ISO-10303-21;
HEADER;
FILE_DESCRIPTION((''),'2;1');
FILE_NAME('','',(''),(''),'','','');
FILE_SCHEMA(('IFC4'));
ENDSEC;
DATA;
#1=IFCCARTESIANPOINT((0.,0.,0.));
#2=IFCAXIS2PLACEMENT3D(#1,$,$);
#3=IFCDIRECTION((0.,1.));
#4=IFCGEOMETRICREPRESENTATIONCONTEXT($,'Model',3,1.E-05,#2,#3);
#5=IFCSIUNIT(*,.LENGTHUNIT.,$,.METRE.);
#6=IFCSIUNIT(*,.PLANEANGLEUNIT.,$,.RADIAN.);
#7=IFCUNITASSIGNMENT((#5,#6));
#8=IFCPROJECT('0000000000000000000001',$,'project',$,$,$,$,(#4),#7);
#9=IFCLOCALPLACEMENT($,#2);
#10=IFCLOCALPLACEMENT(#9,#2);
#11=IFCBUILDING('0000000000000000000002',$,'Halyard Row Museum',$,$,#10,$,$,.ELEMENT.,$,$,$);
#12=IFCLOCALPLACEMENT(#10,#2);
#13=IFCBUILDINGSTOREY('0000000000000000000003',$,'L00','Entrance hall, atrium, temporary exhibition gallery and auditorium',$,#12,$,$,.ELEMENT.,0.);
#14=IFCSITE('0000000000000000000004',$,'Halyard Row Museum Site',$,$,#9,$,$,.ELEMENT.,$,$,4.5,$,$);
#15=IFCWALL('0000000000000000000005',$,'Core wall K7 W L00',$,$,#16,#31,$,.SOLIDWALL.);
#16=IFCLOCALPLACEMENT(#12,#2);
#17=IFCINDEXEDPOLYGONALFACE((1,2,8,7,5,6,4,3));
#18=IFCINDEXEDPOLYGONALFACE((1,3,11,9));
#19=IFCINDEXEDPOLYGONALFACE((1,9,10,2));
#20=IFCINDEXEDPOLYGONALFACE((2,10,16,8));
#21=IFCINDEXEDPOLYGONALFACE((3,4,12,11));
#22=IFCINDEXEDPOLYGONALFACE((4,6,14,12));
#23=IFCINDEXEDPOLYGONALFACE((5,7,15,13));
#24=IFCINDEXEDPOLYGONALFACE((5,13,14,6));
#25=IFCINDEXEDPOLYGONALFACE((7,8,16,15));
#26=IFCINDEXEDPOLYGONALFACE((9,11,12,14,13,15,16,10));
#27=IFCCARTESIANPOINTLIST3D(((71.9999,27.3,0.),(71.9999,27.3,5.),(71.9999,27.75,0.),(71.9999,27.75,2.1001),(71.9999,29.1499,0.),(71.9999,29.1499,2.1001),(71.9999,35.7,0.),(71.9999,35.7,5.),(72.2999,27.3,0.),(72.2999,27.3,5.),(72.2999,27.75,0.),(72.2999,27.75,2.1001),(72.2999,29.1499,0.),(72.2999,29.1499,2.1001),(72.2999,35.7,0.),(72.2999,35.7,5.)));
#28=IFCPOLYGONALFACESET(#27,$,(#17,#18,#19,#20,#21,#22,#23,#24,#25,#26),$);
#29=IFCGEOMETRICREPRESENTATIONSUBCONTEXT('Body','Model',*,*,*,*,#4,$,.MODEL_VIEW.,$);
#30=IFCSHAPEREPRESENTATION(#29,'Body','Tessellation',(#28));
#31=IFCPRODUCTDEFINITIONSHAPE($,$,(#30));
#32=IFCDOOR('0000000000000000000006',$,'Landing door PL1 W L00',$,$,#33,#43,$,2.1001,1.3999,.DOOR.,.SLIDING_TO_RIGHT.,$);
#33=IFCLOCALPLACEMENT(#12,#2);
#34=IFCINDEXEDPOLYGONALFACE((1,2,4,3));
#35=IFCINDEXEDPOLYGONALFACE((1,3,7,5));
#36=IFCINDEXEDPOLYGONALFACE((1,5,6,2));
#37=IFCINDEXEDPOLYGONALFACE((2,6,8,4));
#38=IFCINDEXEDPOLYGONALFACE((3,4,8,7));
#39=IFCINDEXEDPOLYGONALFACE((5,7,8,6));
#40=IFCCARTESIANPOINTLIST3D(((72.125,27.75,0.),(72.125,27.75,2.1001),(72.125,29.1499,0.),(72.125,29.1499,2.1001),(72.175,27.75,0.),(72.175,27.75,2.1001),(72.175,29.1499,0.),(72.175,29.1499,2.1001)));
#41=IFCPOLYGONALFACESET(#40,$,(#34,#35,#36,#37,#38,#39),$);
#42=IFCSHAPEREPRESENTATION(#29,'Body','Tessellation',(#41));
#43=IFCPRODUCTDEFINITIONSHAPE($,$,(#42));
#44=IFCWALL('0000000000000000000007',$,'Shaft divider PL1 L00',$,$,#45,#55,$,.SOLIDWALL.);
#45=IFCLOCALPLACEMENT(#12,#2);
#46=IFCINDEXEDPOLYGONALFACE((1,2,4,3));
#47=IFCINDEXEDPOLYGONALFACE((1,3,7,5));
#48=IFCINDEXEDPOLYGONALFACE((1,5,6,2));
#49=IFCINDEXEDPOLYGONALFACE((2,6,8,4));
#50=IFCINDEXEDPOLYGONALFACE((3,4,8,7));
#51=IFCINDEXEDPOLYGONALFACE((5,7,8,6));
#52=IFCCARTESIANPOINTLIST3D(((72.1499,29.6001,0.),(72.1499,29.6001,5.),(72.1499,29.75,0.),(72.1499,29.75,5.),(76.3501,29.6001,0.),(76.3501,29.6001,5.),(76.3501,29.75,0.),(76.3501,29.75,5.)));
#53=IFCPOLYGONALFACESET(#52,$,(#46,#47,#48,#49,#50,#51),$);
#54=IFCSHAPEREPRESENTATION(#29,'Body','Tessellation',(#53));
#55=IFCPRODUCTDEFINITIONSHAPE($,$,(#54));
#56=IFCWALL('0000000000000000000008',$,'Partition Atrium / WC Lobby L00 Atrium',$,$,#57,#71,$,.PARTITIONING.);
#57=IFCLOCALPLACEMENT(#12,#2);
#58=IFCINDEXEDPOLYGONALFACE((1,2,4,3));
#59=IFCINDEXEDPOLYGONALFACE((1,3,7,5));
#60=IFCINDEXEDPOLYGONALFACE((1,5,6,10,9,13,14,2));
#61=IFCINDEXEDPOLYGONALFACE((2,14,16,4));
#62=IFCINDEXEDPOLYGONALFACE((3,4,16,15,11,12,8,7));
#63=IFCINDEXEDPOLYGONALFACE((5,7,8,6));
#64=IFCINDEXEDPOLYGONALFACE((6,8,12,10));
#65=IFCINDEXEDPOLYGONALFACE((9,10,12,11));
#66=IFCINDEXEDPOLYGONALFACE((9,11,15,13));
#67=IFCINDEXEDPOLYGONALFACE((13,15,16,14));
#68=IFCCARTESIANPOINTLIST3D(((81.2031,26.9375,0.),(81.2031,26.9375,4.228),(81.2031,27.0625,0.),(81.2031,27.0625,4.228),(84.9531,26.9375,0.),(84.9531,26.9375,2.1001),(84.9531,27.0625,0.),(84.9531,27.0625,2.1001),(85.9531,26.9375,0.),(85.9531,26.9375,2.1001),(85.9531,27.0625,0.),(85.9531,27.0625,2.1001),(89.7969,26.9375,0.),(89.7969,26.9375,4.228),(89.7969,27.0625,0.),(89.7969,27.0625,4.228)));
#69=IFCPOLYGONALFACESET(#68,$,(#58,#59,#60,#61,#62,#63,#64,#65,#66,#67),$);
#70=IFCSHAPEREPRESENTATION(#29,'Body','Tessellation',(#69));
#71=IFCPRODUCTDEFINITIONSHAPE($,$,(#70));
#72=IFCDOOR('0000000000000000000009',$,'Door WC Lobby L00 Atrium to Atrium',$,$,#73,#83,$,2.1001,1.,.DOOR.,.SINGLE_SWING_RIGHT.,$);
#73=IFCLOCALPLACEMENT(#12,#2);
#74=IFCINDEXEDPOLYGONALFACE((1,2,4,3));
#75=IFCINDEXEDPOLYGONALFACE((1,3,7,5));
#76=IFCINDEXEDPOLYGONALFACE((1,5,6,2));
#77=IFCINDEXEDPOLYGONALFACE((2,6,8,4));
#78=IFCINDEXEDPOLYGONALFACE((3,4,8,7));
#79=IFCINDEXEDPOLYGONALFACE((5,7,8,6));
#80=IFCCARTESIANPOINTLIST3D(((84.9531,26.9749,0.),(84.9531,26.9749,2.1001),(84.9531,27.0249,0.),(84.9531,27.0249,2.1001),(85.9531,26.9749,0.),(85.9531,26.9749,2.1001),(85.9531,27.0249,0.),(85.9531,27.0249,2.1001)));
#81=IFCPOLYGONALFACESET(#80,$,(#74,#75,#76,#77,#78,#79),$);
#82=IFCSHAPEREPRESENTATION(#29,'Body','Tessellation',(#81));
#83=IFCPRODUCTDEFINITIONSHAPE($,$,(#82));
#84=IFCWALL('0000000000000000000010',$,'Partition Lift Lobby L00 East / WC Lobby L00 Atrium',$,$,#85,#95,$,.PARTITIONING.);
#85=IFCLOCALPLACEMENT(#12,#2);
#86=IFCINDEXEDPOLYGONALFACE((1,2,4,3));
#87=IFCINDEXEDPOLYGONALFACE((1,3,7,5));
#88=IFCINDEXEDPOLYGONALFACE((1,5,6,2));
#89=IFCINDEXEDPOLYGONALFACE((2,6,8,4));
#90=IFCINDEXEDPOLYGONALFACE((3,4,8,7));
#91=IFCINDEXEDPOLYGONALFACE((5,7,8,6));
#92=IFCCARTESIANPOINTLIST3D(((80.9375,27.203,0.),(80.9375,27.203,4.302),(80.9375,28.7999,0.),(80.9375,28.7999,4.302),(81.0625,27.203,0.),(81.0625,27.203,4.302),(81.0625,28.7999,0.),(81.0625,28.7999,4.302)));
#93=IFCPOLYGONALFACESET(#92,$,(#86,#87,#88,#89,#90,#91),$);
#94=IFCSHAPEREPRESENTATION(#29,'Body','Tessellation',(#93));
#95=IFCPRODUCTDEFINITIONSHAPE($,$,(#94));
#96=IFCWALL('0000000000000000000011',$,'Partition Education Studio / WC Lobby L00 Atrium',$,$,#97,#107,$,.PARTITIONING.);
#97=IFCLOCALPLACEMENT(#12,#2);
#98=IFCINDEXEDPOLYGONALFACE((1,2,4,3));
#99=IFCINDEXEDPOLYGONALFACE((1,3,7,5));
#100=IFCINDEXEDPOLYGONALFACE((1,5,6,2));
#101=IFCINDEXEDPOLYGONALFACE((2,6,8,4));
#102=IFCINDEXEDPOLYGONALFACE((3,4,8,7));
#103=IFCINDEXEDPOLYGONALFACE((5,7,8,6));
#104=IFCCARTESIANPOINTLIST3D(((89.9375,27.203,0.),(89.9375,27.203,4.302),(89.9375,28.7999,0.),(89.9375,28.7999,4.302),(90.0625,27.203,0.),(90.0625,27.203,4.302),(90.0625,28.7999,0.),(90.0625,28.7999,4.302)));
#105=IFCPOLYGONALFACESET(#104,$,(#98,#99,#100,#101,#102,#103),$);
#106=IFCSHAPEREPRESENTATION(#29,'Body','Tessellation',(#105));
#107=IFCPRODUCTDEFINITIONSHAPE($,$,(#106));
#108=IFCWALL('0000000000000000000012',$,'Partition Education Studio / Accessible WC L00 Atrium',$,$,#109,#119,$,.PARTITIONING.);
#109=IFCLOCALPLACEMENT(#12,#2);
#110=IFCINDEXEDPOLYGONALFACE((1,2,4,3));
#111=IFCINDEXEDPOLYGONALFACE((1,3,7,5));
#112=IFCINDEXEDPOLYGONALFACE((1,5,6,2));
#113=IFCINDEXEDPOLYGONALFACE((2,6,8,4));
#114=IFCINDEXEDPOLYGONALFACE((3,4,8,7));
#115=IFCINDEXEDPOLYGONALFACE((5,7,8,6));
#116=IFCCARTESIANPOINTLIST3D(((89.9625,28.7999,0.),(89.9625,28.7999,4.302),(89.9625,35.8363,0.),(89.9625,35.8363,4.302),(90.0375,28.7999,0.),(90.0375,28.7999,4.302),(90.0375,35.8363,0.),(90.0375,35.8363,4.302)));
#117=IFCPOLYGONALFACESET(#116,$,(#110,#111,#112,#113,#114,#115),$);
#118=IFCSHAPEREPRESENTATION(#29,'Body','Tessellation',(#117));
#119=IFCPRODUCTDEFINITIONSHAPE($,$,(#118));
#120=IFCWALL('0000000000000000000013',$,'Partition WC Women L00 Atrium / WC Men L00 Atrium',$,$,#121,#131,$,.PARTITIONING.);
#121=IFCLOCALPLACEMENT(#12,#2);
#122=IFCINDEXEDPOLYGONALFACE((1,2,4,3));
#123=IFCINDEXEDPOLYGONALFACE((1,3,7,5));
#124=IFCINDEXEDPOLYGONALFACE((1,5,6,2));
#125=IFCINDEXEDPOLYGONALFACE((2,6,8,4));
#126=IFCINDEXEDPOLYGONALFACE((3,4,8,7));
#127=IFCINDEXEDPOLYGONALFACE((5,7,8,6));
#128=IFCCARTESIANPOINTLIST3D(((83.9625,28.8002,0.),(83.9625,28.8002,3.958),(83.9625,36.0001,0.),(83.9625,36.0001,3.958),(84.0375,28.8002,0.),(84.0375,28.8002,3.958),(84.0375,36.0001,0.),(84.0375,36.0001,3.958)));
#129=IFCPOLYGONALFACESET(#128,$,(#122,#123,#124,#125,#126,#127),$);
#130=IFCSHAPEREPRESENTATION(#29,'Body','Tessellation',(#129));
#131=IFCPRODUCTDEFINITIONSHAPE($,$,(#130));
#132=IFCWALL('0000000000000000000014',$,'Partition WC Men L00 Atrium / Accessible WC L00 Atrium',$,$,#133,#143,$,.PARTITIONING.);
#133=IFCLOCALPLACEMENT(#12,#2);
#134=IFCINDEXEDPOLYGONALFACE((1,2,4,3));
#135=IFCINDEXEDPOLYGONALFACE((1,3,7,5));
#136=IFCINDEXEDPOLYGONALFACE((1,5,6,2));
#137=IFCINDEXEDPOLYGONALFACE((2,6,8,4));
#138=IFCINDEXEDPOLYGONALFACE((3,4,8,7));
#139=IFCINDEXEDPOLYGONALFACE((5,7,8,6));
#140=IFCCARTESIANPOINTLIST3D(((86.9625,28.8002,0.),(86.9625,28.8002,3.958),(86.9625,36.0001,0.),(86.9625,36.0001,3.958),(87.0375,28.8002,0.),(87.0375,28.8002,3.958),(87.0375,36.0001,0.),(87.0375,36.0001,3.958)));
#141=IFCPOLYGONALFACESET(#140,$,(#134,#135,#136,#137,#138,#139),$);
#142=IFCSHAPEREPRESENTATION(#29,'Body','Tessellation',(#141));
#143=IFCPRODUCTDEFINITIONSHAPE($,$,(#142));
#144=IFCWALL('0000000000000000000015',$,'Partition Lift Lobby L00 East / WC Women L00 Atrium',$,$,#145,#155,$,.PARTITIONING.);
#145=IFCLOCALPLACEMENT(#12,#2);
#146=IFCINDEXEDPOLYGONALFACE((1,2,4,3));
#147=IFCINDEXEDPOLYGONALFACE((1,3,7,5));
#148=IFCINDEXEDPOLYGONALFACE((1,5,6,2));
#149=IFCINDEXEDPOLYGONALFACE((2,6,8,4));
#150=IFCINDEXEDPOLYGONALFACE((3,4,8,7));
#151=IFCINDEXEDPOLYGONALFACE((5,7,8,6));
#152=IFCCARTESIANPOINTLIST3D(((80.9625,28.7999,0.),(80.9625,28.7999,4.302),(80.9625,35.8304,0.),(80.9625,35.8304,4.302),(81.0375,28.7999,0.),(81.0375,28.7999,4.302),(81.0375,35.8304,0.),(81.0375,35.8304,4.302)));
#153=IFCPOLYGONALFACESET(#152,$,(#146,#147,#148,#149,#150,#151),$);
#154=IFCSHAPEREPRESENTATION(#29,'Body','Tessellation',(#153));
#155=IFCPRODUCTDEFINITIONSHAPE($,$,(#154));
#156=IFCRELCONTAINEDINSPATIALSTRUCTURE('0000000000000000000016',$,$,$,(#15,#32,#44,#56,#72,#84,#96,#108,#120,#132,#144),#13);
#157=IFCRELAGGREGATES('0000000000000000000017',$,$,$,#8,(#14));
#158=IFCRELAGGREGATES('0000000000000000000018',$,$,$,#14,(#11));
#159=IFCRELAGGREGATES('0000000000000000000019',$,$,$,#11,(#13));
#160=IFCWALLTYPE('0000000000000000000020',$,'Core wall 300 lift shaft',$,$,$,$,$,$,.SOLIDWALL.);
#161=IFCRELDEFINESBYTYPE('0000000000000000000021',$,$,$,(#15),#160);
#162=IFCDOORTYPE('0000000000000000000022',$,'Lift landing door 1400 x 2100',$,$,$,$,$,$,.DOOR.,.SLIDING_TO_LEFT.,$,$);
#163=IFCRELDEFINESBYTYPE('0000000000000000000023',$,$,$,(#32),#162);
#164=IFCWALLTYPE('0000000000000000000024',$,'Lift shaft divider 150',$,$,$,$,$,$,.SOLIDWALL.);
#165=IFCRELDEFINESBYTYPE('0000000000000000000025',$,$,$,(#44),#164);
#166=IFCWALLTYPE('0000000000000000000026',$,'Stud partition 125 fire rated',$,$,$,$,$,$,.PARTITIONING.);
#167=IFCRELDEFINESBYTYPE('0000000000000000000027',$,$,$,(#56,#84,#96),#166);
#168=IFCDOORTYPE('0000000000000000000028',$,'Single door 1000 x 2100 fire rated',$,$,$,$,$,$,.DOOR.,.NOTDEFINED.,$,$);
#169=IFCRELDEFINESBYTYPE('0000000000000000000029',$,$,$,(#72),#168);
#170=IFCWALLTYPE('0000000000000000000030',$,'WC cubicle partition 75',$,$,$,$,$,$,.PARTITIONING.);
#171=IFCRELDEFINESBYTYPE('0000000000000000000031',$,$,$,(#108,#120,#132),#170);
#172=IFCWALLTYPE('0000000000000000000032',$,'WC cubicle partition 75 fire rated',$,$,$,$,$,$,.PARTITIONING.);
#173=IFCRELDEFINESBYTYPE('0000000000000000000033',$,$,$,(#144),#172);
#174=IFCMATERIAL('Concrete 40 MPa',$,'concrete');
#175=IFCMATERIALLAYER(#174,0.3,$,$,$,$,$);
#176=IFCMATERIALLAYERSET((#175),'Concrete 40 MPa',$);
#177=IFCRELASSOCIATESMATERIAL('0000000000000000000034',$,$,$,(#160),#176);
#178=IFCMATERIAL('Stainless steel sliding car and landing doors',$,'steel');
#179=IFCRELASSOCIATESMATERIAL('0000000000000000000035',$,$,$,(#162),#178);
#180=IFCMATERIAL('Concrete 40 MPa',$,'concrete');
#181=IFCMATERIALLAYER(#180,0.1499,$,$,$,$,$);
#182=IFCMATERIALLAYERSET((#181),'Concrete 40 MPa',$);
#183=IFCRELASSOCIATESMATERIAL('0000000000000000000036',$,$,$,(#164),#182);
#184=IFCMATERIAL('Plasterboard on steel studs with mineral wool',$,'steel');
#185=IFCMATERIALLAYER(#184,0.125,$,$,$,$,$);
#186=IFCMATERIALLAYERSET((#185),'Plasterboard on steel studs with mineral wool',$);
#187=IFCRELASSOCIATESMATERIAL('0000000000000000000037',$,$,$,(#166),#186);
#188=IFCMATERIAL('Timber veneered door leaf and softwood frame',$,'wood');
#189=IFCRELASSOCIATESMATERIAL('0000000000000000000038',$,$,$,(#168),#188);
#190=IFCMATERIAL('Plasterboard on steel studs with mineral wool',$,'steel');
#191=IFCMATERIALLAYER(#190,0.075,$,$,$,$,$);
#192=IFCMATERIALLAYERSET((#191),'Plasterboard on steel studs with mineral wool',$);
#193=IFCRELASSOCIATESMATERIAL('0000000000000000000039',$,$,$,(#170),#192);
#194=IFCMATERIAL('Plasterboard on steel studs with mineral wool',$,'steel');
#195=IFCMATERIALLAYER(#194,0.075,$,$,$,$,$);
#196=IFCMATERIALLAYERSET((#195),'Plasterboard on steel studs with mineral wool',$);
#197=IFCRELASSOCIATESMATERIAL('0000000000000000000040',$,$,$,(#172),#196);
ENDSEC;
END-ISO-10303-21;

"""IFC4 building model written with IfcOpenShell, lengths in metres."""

from ifc_helpers import new_model, si_unit, direction, frame, frame_2d, origin, place, context, subcontext, project, spatial, rectangle, extrude, material, layer, layer_set, type_object, element, fill, save


model = new_model("IFC4")

# Units and contexts
model_context = context("Model", 3, precision=1e-05, world=origin(), true_north=direction((0.0, 1.0)))
body_context = subcontext(model_context, "Body", "Model", "MODEL_VIEW")
ifc_project = project(units=[si_unit("LENGTHUNIT", "METRE"), si_unit("PLANEANGLEUNIT", "RADIAN")], contexts=[model_context])

# Site, building, storey
site_placement = place(None, origin())
site = spatial("IfcSite", under=ifc_project, at=site_placement, Name="Halyard Row Museum Site", CompositionType="ELEMENT", RefElevation=4.5)
building_placement = place(site_placement, origin())
building = spatial("IfcBuilding", under=site, at=building_placement, Name="Halyard Row Museum", CompositionType="ELEMENT")
storey_placement = place(building_placement, origin())
storey = spatial("IfcBuildingStorey", under=building, at=storey_placement, Name="L00", Description="Entrance hall, atrium, temporary exhibition gallery and auditorium", CompositionType="ELEMENT", Elevation=0.0)

# Shared definitions
ifc_material_1 = material(Name="Concrete 40 MPa", Category="concrete")
ifc_layer_1 = layer(ifc_material_1, 0.3)
ifc_layer_set_1 = layer_set([ifc_layer_1], Name="Concrete 40 MPa")
wall_type_1 = type_object("IfcWallType", Name="Core wall 300 lift shaft", PredefinedType="SOLIDWALL", material=ifc_layer_set_1)
ifc_material_2 = material(Name="Stainless steel sliding car and landing doors", Category="steel")
door_type_1 = type_object("IfcDoorType", Name="Lift landing door 1400 x 2100", OperationType="SLIDING_TO_LEFT", PredefinedType="DOOR", material=ifc_material_2)

# Wall, opening, door
wall_1_placement = place(storey_placement, frame((72.1499, 27.3, 0.0), z_axis=(0.0, 0.0, 1.0), x_axis=(0.0, 1.0, 0.0)))
wall_1 = element("IfcWall", 1, at=wall_1_placement, inside=storey, type_object=wall_type_1, Name="Core wall K7 W L00", PredefinedType="SOLIDWALL", context=body_context, shape_type="SweptSolid", body=[
    extrude(rectangle(XDim=8.3999, YDim=0.3, at=frame_2d((4.2, 0.0))), origin(), (0.0, 0.0, 1.0), 5.0),
])
opening_1_placement = place(wall_1_placement, frame((0.45, 0.0, 0.0)))
opening_1 = element("IfcOpeningElement", 2, at=opening_1_placement, cuts=wall_1, PredefinedType="OPENING", context=body_context, shape_type="SweptSolid", body=[
    extrude(rectangle(XDim=1.3999, YDim=2.1001, at=frame_2d((0.7, 1.05))), frame((0.0, 0.1599, 0.0), z_axis=(0.0, -1.0, 0.0), x_axis=(1.0, 0.0, 0.0)), (0.0, 0.0, 1.0), 0.3201),
])
door_1_placement = place(opening_1_placement, origin())
door_1 = element("IfcDoor", 3, at=door_1_placement, inside=storey, type_object=door_type_1, Name="Landing door PL1 W L00", OperationType="SLIDING_TO_RIGHT", OverallHeight=2.1001, OverallWidth=1.3999, PredefinedType="DOOR", context=body_context, shape_type="SweptSolid", body=[
    extrude(rectangle(XDim=1.3999, YDim=2.1001, at=frame_2d((0.7, 1.05))), frame((0.0, 0.0249, 0.0), z_axis=(0.0, -1.0, 0.0), x_axis=(1.0, 0.0, 0.0)), (0.0, 0.0, 1.0), 0.05),
])
fill(opening_1, door_1)

# Wall
ifc_material_3 = material(Name="Concrete 40 MPa", Category="concrete")
ifc_layer_2 = layer(ifc_material_3, 0.1499)
ifc_layer_set_2 = layer_set([ifc_layer_2], Name="Concrete 40 MPa")
wall_type_2 = type_object("IfcWallType", Name="Lift shaft divider 150", PredefinedType="SOLIDWALL", material=ifc_layer_set_2)
wall_2_placement = place(storey_placement, frame((72.1499, 29.675, 0.0), z_axis=(0.0, 0.0, 1.0), x_axis=(1.0, 0.0, 0.0)))
element("IfcWall", 4, at=wall_2_placement, inside=storey, type_object=wall_type_2, Name="Shaft divider PL1 L00", PredefinedType="SOLIDWALL", context=body_context, shape_type="SweptSolid", body=[
    extrude(rectangle(XDim=4.2002, YDim=0.1499, at=frame_2d((2.1001, 0.0))), origin(), (0.0, 0.0, 1.0), 5.0),
])

# Wall, opening, door
ifc_material_4 = material(Name="Plasterboard on steel studs with mineral wool", Category="steel")
ifc_layer_3 = layer(ifc_material_4, 0.125)
ifc_layer_set_3 = layer_set([ifc_layer_3], Name="Plasterboard on steel studs with mineral wool")
wall_type_3 = type_object("IfcWallType", Name="Stud partition 125 fire rated", PredefinedType="PARTITIONING", material=ifc_layer_set_3)
wall_3_placement = place(storey_placement, frame((81.2031, 27.0, 0.0), z_axis=(0.0, 0.0, 1.0), x_axis=(1.0, 0.0, 0.0)))
wall_3 = element("IfcWall", 5, at=wall_3_placement, inside=storey, type_object=wall_type_3, Name="Partition Atrium / WC Lobby L00 Atrium", PredefinedType="PARTITIONING", context=body_context, shape_type="SweptSolid", body=[
    extrude(rectangle(XDim=8.5938, YDim=0.125, at=frame_2d((4.2969, 0.0))), origin(), (0.0, 0.0, 1.0), 4.228),
])
opening_2_placement = place(wall_3_placement, frame((3.75, 0.0, 0.0)))
opening_2 = element("IfcOpeningElement", 6, at=opening_2_placement, cuts=wall_3, PredefinedType="OPENING", context=body_context, shape_type="SweptSolid", body=[
    extrude(rectangle(XDim=1.0, YDim=2.1001, at=frame_2d((0.5, 1.05))), frame((0.0, 0.0725, 0.0), z_axis=(0.0, -1.0, 0.0), x_axis=(1.0, 0.0, 0.0)), (0.0, 0.0, 1.0), 0.145),
])
ifc_material_5 = material(Name="Timber veneered door leaf and softwood frame", Category="wood")
door_type_2 = type_object("IfcDoorType", Name="Single door 1000 x 2100 fire rated", OperationType="NOTDEFINED", PredefinedType="DOOR", material=ifc_material_5)
door_2_placement = place(opening_2_placement, origin())
door_2 = element("IfcDoor", 7, at=door_2_placement, inside=storey, type_object=door_type_2, Name="Door WC Lobby L00 Atrium to Atrium", OperationType="SINGLE_SWING_RIGHT", OverallHeight=2.1001, OverallWidth=1.0, PredefinedType="DOOR", context=body_context, shape_type="SweptSolid", body=[
    extrude(rectangle(XDim=1.0, YDim=2.1001, at=frame_2d((0.5, 1.05))), frame((0.0, 0.0249, 0.0), z_axis=(0.0, -1.0, 0.0), x_axis=(1.0, 0.0, 0.0)), (0.0, 0.0, 1.0), 0.05),
])
fill(opening_2, door_2)

# Walls
for number, where, z_axis, x_axis, name in (
    (8, (81.0, 27.2031, 0.0), (0.0, 0.0, 1.0), (0.0, 1.0, 0.0), "Partition Lift Lobby L00 East / WC Lobby L00 Atrium"),
    (9, (90.0, 27.2031, 0.0), (0.0, 0.0, 1.0), (0.0, 1.0, 0.0), "Partition Education Studio / WC Lobby L00 Atrium"),
):
    element("IfcWall", number, at=place(storey_placement, frame(where, z_axis=z_axis, x_axis=x_axis)), inside=storey, type_object=wall_type_3, Name=name, PredefinedType="PARTITIONING", context=body_context, shape_type="SweptSolid", body=[
        extrude(rectangle(XDim=1.5969, YDim=0.125, at=frame_2d((0.7983, 0.0))), origin(), (0.0, 0.0, 1.0), 4.302),
    ])
ifc_material_6 = material(Name="Plasterboard on steel studs with mineral wool", Category="steel")
ifc_layer_4 = layer(ifc_material_6, 0.075)
ifc_layer_set_4 = layer_set([ifc_layer_4], Name="Plasterboard on steel studs with mineral wool")
wall_type_4 = type_object("IfcWallType", Name="WC cubicle partition 75", PredefinedType="PARTITIONING", material=ifc_layer_set_4)
wall_4_placement = place(storey_placement, frame((90.0, 28.8, 0.0), z_axis=(0.0, 0.0, 1.0), x_axis=(0.0, 1.0, 0.0)))
element("IfcWall", 10, at=wall_4_placement, inside=storey, type_object=wall_type_4, Name="Partition Education Studio / Accessible WC L00 Atrium", PredefinedType="PARTITIONING", context=body_context, shape_type="SweptSolid", body=[
    extrude(rectangle(XDim=7.0364, YDim=0.075, at=frame_2d((3.5181, 0.0))), origin(), (0.0, 0.0, 1.0), 4.302),
])
for number, where, z_axis, x_axis, name in (
    (11, (84.0, 28.8, 0.0), (0.0, 0.0, 1.0), (0.0, 1.0, 0.0), "Partition WC Women L00 Atrium / WC Men L00 Atrium"),
    (12, (87.0, 28.8, 0.0), (0.0, 0.0, 1.0), (0.0, 1.0, 0.0), "Partition WC Men L00 Atrium / Accessible WC L00 Atrium"),
):
    element("IfcWall", number, at=place(storey_placement, frame(where, z_axis=z_axis, x_axis=x_axis)), inside=storey, type_object=wall_type_4, Name=name, PredefinedType="PARTITIONING", context=body_context, shape_type="SweptSolid", body=[
        extrude(rectangle(XDim=7.2, YDim=0.075, at=frame_2d((3.6001, 0.0))), origin(), (0.0, 0.0, 1.0), 3.958),
    ])
ifc_material_7 = material(Name="Plasterboard on steel studs with mineral wool", Category="steel")
ifc_layer_5 = layer(ifc_material_7, 0.075)
ifc_layer_set_5 = layer_set([ifc_layer_5], Name="Plasterboard on steel studs with mineral wool")
wall_type_5 = type_object("IfcWallType", Name="WC cubicle partition 75 fire rated", PredefinedType="PARTITIONING", material=ifc_layer_set_5)
wall_5_placement = place(storey_placement, frame((81.0, 28.8, 0.0), z_axis=(0.0, 0.0, 1.0), x_axis=(0.0, 1.0, 0.0)))
element("IfcWall", 13, at=wall_5_placement, inside=storey, type_object=wall_type_5, Name="Partition Lift Lobby L00 East / WC Women L00 Atrium", PredefinedType="PARTITIONING", context=body_context, shape_type="SweptSolid", body=[
    extrude(rectangle(XDim=7.0305, YDim=0.075, at=frame_2d((3.5151, 0.0))), origin(), (0.0, 0.0, 1.0), 4.302),
])

save(model, "model.ifc")
